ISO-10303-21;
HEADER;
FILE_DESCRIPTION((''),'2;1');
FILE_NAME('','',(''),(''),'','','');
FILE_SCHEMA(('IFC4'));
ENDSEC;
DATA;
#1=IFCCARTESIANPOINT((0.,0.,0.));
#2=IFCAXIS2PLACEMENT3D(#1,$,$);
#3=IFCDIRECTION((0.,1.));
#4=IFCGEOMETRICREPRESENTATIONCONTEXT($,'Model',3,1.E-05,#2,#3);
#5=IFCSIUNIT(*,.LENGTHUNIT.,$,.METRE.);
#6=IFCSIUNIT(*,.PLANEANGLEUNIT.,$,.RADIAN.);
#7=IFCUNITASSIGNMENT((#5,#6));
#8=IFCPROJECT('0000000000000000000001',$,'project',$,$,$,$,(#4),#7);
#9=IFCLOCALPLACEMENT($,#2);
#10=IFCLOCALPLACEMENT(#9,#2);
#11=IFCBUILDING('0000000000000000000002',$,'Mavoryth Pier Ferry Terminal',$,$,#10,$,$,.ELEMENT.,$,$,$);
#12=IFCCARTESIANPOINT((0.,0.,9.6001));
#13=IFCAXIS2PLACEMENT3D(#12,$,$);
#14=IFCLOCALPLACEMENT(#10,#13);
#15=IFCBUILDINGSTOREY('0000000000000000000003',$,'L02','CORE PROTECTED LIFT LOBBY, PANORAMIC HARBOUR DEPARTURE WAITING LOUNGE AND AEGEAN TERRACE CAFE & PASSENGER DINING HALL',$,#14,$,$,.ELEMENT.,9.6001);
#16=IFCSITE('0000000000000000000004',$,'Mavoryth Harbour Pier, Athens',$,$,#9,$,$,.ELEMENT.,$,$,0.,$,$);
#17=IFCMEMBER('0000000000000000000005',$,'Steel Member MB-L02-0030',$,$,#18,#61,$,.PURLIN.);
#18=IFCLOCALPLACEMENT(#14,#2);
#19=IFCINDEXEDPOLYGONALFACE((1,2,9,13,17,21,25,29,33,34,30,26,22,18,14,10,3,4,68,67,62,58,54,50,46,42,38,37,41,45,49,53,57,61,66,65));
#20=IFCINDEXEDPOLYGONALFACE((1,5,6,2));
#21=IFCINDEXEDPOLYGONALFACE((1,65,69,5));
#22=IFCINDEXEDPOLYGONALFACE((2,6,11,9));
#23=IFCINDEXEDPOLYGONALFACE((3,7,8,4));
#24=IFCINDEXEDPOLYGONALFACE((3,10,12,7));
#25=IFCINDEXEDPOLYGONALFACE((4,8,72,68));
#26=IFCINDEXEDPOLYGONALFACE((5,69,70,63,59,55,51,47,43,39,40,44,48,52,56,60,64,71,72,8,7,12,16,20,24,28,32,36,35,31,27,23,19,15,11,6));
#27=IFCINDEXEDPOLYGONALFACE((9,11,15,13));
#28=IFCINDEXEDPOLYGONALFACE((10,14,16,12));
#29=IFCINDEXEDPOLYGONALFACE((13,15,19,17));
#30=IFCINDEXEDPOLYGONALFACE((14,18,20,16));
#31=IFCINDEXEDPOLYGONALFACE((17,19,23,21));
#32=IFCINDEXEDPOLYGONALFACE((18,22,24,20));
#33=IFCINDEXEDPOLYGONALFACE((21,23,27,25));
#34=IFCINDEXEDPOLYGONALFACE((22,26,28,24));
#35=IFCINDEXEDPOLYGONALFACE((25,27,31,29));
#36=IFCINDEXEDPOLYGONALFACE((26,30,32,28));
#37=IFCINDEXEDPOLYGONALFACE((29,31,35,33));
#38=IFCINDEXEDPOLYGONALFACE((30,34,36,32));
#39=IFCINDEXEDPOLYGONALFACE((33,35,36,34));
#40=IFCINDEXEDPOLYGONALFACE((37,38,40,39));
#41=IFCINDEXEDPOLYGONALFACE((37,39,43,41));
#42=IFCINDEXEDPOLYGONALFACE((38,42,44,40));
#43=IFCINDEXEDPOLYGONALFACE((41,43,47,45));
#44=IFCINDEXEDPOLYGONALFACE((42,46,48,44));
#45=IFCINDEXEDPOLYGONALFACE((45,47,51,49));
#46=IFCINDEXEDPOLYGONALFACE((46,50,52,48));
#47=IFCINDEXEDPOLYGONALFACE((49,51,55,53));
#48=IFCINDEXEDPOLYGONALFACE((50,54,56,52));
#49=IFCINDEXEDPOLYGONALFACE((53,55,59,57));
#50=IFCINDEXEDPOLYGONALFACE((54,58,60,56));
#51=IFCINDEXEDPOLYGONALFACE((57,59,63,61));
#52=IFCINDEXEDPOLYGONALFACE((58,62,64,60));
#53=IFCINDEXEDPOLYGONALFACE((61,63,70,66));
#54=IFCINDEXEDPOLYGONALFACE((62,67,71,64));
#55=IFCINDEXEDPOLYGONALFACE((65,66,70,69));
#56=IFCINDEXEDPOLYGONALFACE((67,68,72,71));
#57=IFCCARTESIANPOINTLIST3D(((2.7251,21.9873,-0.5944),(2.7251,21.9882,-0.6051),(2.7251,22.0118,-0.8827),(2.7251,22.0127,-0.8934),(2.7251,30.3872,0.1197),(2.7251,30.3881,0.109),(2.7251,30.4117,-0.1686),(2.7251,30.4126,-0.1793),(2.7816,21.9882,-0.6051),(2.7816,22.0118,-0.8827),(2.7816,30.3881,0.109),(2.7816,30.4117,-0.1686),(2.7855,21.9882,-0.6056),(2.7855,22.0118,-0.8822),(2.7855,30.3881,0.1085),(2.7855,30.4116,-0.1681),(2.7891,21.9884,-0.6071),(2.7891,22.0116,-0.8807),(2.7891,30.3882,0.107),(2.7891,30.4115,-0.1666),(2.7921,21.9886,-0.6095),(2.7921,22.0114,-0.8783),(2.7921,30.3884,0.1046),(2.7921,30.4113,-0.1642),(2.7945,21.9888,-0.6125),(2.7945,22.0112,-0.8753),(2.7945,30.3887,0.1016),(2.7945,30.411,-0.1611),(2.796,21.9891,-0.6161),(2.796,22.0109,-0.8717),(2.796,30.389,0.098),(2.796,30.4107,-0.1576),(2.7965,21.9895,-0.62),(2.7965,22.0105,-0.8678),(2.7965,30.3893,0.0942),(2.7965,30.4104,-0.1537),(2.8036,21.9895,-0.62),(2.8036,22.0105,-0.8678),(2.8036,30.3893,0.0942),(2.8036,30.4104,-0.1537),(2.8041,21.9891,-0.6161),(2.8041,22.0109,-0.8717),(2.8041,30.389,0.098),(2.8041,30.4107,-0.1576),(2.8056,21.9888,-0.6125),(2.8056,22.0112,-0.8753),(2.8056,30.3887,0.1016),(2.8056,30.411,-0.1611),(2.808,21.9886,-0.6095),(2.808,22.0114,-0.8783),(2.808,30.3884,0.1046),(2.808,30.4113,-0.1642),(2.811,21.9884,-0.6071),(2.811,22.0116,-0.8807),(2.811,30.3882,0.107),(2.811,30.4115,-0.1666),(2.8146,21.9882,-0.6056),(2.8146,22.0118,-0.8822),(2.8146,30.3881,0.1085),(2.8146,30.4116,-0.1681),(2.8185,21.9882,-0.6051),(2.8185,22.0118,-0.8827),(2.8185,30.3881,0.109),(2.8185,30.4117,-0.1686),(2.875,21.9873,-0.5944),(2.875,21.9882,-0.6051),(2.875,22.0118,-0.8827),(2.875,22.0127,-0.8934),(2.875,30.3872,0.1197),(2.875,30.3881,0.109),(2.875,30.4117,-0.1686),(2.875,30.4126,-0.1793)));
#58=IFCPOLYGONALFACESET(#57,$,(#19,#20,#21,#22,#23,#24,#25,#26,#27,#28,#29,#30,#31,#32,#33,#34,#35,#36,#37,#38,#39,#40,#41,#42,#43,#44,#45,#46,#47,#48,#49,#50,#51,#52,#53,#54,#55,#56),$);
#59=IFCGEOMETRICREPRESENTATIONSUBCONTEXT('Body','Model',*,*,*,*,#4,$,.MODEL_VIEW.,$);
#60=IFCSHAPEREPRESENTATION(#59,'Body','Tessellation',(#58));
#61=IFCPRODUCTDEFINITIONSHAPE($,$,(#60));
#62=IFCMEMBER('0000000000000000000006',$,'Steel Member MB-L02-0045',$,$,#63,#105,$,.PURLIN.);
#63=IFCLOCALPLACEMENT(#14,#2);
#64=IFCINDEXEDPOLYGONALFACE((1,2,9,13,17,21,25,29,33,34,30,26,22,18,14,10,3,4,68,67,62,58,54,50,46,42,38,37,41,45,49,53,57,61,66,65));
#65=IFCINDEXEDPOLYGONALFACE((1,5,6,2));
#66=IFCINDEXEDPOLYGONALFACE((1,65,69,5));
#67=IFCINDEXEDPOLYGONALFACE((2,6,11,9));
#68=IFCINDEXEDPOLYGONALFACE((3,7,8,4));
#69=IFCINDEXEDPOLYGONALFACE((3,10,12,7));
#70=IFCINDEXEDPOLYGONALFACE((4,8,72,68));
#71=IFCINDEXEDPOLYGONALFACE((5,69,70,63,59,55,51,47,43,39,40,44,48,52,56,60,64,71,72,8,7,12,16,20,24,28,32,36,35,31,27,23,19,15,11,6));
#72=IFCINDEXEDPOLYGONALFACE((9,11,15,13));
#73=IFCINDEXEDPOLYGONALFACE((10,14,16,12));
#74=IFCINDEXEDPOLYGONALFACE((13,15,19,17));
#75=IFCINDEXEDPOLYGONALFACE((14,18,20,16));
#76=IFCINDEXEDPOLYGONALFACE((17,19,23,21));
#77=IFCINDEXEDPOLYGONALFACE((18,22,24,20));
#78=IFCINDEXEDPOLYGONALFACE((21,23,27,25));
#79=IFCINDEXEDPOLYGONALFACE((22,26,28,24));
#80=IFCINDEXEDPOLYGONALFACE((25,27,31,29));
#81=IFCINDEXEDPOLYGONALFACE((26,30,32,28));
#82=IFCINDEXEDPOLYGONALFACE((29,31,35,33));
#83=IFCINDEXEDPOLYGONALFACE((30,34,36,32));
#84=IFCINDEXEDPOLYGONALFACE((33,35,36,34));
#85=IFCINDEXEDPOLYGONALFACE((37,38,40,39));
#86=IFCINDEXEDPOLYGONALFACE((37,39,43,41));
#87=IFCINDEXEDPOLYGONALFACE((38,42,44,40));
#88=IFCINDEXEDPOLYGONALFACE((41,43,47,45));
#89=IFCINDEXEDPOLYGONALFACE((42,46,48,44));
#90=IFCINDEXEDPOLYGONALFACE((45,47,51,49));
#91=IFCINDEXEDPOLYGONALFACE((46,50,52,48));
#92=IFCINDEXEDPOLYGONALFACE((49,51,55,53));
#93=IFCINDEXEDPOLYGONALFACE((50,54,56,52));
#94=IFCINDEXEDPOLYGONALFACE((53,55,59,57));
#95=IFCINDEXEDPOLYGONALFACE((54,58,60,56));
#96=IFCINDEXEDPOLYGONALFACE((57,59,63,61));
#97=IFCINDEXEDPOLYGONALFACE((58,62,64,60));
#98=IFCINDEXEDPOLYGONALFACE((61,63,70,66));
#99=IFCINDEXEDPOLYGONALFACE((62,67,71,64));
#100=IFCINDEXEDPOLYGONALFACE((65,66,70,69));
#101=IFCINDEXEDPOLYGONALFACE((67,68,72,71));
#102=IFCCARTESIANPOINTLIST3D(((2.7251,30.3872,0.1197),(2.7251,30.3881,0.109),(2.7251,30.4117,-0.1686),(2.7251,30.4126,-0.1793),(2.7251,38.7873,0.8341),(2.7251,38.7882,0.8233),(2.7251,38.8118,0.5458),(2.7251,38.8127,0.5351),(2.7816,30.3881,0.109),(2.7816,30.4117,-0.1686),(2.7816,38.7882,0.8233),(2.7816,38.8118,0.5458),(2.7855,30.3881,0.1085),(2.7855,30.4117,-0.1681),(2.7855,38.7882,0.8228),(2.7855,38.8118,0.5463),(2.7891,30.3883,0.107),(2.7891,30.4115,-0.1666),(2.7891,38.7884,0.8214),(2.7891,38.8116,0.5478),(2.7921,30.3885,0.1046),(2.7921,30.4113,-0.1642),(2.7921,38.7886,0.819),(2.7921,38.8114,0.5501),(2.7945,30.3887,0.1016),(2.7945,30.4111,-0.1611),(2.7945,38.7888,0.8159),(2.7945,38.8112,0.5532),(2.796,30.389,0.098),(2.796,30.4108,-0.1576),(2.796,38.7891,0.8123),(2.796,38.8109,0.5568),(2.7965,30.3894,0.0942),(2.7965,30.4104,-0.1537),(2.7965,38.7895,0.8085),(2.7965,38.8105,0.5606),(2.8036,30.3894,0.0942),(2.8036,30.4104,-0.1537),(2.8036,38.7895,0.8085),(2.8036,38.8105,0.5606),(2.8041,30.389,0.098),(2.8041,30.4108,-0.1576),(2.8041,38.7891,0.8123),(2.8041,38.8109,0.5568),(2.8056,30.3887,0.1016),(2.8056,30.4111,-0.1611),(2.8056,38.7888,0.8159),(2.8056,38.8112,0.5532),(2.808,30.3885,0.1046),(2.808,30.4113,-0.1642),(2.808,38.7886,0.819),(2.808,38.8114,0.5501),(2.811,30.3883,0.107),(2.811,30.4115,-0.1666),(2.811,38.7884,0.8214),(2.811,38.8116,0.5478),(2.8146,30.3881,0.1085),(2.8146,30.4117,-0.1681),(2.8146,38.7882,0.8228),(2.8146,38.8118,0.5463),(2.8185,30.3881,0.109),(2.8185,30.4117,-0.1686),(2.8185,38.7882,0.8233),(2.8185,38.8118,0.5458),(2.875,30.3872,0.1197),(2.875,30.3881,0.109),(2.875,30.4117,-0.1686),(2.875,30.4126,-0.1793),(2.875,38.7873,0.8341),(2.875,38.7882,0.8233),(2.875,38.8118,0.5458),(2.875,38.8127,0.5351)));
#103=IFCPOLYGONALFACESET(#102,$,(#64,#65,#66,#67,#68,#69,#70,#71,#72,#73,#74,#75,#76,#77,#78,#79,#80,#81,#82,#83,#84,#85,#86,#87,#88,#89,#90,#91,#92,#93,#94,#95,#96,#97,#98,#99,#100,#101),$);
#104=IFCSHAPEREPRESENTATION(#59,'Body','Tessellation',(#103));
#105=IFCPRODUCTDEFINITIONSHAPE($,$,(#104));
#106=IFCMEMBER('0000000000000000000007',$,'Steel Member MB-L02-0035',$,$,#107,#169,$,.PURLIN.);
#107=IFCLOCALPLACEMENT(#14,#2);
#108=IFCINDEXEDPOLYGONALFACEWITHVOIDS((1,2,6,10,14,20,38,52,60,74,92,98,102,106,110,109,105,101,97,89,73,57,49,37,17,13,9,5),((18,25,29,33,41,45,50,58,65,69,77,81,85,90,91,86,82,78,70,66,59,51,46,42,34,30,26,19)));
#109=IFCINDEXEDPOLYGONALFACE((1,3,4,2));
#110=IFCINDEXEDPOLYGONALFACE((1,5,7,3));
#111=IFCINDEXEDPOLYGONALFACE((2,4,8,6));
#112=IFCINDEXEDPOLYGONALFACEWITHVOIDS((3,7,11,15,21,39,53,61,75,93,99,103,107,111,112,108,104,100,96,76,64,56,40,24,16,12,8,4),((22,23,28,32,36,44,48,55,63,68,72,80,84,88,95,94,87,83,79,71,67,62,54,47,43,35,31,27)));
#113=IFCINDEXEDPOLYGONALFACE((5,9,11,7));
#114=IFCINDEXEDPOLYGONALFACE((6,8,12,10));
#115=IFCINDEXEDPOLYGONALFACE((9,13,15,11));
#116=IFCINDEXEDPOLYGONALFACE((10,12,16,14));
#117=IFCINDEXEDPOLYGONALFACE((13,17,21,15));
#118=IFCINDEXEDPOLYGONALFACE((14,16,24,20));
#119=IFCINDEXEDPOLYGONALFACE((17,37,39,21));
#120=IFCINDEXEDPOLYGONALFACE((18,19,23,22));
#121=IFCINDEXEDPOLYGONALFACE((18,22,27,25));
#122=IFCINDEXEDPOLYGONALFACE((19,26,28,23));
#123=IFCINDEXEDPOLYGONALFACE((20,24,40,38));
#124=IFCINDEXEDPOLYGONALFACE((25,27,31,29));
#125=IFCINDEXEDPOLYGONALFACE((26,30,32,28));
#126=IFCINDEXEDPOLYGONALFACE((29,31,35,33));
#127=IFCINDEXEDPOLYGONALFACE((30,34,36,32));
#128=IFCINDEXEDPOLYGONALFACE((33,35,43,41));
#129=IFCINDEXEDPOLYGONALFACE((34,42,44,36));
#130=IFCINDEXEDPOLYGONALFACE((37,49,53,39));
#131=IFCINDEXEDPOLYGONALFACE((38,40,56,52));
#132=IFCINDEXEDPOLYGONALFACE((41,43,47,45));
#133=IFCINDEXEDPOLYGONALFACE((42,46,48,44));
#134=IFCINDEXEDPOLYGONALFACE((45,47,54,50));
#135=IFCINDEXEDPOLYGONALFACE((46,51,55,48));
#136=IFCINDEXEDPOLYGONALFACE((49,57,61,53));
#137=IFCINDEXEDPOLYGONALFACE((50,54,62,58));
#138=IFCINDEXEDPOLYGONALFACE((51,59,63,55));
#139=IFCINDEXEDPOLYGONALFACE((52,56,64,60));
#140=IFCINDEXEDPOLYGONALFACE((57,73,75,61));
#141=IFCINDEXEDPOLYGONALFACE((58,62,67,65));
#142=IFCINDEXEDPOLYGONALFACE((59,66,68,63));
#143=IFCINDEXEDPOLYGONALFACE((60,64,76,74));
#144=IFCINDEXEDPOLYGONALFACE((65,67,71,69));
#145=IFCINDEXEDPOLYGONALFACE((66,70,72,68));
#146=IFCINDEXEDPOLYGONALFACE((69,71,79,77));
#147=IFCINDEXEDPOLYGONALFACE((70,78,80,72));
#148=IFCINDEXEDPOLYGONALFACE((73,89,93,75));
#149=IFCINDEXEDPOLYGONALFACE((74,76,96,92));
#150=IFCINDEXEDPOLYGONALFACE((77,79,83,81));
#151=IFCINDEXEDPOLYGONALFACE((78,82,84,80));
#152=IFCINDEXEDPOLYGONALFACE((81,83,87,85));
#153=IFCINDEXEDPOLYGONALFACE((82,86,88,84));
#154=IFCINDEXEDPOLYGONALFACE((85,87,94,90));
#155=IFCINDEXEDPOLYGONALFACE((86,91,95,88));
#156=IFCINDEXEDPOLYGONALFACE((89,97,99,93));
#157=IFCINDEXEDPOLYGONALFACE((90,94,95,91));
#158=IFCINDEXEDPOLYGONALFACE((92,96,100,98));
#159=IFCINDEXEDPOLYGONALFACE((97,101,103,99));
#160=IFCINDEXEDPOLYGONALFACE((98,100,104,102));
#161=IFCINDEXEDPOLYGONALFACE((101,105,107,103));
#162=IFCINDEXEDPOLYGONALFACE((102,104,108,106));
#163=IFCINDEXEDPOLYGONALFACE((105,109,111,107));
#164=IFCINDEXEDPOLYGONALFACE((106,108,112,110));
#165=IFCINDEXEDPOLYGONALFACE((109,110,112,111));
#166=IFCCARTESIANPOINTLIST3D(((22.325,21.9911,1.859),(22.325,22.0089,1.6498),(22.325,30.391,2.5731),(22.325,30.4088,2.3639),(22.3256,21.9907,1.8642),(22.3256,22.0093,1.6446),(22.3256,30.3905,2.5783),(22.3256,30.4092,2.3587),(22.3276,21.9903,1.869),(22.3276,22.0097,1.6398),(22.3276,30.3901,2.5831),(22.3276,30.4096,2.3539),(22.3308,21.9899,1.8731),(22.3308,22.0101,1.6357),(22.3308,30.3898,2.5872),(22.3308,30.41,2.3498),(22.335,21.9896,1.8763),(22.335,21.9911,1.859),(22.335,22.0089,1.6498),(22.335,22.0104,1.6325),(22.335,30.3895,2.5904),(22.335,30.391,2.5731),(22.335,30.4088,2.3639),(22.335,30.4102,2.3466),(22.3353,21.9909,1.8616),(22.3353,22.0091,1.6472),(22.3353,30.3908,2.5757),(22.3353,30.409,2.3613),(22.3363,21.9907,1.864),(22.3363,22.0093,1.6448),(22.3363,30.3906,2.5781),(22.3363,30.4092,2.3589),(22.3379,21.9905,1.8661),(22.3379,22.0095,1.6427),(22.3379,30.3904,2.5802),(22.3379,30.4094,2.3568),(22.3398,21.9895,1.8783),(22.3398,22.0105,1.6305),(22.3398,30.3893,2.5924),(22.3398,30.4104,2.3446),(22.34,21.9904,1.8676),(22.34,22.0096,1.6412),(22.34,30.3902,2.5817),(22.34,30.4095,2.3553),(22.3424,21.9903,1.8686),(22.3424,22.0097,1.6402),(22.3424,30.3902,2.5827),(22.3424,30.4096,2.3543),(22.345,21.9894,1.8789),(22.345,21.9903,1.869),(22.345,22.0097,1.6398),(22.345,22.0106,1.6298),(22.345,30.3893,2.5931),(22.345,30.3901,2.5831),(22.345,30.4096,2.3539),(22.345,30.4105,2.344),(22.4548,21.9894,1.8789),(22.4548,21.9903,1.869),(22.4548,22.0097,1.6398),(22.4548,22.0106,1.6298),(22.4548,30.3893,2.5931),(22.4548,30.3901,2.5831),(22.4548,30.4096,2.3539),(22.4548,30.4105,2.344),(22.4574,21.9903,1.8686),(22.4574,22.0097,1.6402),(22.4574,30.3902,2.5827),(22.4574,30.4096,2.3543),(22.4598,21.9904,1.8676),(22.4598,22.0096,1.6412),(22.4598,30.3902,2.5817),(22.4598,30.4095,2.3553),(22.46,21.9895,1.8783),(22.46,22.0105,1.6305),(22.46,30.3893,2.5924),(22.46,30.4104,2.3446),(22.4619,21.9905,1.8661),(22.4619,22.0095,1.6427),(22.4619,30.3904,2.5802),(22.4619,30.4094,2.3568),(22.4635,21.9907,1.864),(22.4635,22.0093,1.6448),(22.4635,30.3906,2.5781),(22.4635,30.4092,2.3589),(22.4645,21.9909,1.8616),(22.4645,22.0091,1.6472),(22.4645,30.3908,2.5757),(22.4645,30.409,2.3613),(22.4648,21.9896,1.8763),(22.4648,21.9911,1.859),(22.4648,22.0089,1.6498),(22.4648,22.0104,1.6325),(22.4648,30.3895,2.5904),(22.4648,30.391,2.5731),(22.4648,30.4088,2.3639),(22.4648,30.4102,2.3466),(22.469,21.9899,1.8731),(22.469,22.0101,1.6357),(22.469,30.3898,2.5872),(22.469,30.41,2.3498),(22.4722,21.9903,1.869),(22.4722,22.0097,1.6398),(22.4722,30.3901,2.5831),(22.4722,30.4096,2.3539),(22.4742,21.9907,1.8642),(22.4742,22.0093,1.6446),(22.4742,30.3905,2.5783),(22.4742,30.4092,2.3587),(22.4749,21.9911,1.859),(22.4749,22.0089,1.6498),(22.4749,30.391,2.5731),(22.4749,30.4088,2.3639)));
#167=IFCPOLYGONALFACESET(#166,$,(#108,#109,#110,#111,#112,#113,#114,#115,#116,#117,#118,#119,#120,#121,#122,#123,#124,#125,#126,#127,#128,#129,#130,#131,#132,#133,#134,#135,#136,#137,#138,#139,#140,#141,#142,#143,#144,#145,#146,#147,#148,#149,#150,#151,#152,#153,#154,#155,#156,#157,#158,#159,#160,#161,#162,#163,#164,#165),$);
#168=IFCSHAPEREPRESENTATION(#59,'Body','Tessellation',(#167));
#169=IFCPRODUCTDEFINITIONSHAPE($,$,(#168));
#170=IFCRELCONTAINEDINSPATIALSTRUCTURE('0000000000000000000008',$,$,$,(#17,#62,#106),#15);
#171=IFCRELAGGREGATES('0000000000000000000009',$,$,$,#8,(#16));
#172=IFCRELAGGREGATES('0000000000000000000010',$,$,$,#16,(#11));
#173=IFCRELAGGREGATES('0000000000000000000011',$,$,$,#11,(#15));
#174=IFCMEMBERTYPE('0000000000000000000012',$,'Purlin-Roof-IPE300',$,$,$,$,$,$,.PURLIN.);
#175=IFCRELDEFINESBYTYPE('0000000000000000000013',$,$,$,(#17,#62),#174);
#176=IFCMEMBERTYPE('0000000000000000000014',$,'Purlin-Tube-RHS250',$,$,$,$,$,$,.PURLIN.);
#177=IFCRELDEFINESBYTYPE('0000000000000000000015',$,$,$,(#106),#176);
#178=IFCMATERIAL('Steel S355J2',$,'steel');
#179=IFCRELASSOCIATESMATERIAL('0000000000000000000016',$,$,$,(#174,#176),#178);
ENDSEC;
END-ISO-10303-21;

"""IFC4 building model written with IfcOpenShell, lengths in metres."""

from ifc_helpers import new_model, si_unit, direction, frame, origin, origin_2d, place, context, subcontext, project, spatial, hollow_rectangle, i_section, extrude, material, material_profile, profile_set, type_object, element, save


model = new_model("IFC4")

# Units and contexts
model_context = context("Model", 3, precision=1e-05, world=origin(), true_north=direction((0.0, 1.0)))
body_context = subcontext(model_context, "Body", "Model", "MODEL_VIEW")
ifc_project = project(units=[si_unit("LENGTHUNIT", "METRE"), si_unit("PLANEANGLEUNIT", "RADIAN")], contexts=[model_context])

# Site, building, storey
site_placement = place(None, origin())
site = spatial("IfcSite", under=ifc_project, at=site_placement, Name="Mavoryth Harbour Pier, Athens", CompositionType="ELEMENT", RefElevation=0.0)
building_placement = place(site_placement, origin())
building = spatial("IfcBuilding", under=site, at=building_placement, Name="Mavoryth Pier Ferry Terminal", CompositionType="ELEMENT")
storey_placement = place(building_placement, frame((0.0, 0.0, 9.6001)))
storey = spatial("IfcBuildingStorey", under=building, at=storey_placement, Name="L02", Description="CORE PROTECTED LIFT LOBBY, PANORAMIC HARBOUR DEPARTURE WAITING LOUNGE AND AEGEAN TERRACE CAFE & PASSENGER DINING HALL", CompositionType="ELEMENT", Elevation=9.6001)

# Members
ifc_material_1 = material(Name="Steel S355J2", Category="steel")
ifc_material_profile_1 = material_profile(ifc_material_1, i_section(OverallWidth=0.1499, OverallDepth=0.3, WebThickness=0.0071, FlangeThickness=0.0107, FilletRadius=0.0149, at=origin_2d()), Name="IPE 300", Category="steel")
ifc_profile_set_1 = profile_set([ifc_material_profile_1], Name="Steel S355J2 - IPE 300")
member_type_1 = type_object("IfcMemberType", Name="Purlin-Roof-IPE300", PredefinedType="PURLIN", material=ifc_profile_set_1)
member_1_placement = place(storey_placement, frame((2.8, 22.0, -0.7439), z_axis=(0.0, 0.996406, 0.084709), x_axis=(-1.0, 0.0, 0.0)))
element("IfcMember", 1, at=member_1_placement, inside=storey, type_object=member_type_1, Name="Steel Member MB-L02-0030", PredefinedType="PURLIN", context=body_context, shape_type="SweptSolid", body=[
    extrude(i_section(OverallWidth=0.1499, OverallDepth=0.3, WebThickness=0.0071, FlangeThickness=0.0107, FilletRadius=0.0149, at=origin_2d()), origin(), (0.0, 0.0, 1.0), 8.4302),
])
member_2_placement = place(storey_placement, frame((2.8, 30.3999, -0.0298), z_axis=(0.0, 0.996404, 0.084735), x_axis=(-1.0, 0.0, 0.0)))
element("IfcMember", 2, at=member_2_placement, inside=storey, type_object=member_type_1, Name="Steel Member MB-L02-0045", PredefinedType="PURLIN", context=body_context, shape_type="SweptSolid", body=[
    extrude(i_section(OverallWidth=0.1499, OverallDepth=0.3, WebThickness=0.0071, FlangeThickness=0.0107, FilletRadius=0.0149, at=origin_2d()), origin(), (0.0, 0.0, 1.0), 8.4304),
])
ifc_material_profile_2 = material_profile(ifc_material_1, hollow_rectangle(XDim=0.1499, YDim=0.25, WallThickness=0.01, InnerFilletRadius=0.01, OuterFilletRadius=0.02, at=origin_2d()), Name="RHS 250x150x10.0", Category="steel")
ifc_profile_set_2 = profile_set([ifc_material_profile_2], Name="Steel S355J2 - RHS 250x150x10.0")
member_type_2 = type_object("IfcMemberType", Name="Purlin-Tube-RHS250", PredefinedType="PURLIN", material=ifc_profile_set_2)
member_3_placement = place(storey_placement, frame((22.3999, 22.0, 1.7544), z_axis=(0.0, 0.996406, 0.084709), x_axis=(-1.0, 0.0, 0.0)))
element("IfcMember", 3, at=member_3_placement, inside=storey, type_object=member_type_2, Name="Steel Member MB-L02-0035", PredefinedType="PURLIN", context=body_context, shape_type="SweptSolid", body=[
    extrude(hollow_rectangle(XDim=0.1499, YDim=0.25, WallThickness=0.01, InnerFilletRadius=0.01, OuterFilletRadius=0.02, at=origin_2d()), origin(), (0.0, 0.0, 1.0), 8.4302),
])

save(model, "model.ifc")
